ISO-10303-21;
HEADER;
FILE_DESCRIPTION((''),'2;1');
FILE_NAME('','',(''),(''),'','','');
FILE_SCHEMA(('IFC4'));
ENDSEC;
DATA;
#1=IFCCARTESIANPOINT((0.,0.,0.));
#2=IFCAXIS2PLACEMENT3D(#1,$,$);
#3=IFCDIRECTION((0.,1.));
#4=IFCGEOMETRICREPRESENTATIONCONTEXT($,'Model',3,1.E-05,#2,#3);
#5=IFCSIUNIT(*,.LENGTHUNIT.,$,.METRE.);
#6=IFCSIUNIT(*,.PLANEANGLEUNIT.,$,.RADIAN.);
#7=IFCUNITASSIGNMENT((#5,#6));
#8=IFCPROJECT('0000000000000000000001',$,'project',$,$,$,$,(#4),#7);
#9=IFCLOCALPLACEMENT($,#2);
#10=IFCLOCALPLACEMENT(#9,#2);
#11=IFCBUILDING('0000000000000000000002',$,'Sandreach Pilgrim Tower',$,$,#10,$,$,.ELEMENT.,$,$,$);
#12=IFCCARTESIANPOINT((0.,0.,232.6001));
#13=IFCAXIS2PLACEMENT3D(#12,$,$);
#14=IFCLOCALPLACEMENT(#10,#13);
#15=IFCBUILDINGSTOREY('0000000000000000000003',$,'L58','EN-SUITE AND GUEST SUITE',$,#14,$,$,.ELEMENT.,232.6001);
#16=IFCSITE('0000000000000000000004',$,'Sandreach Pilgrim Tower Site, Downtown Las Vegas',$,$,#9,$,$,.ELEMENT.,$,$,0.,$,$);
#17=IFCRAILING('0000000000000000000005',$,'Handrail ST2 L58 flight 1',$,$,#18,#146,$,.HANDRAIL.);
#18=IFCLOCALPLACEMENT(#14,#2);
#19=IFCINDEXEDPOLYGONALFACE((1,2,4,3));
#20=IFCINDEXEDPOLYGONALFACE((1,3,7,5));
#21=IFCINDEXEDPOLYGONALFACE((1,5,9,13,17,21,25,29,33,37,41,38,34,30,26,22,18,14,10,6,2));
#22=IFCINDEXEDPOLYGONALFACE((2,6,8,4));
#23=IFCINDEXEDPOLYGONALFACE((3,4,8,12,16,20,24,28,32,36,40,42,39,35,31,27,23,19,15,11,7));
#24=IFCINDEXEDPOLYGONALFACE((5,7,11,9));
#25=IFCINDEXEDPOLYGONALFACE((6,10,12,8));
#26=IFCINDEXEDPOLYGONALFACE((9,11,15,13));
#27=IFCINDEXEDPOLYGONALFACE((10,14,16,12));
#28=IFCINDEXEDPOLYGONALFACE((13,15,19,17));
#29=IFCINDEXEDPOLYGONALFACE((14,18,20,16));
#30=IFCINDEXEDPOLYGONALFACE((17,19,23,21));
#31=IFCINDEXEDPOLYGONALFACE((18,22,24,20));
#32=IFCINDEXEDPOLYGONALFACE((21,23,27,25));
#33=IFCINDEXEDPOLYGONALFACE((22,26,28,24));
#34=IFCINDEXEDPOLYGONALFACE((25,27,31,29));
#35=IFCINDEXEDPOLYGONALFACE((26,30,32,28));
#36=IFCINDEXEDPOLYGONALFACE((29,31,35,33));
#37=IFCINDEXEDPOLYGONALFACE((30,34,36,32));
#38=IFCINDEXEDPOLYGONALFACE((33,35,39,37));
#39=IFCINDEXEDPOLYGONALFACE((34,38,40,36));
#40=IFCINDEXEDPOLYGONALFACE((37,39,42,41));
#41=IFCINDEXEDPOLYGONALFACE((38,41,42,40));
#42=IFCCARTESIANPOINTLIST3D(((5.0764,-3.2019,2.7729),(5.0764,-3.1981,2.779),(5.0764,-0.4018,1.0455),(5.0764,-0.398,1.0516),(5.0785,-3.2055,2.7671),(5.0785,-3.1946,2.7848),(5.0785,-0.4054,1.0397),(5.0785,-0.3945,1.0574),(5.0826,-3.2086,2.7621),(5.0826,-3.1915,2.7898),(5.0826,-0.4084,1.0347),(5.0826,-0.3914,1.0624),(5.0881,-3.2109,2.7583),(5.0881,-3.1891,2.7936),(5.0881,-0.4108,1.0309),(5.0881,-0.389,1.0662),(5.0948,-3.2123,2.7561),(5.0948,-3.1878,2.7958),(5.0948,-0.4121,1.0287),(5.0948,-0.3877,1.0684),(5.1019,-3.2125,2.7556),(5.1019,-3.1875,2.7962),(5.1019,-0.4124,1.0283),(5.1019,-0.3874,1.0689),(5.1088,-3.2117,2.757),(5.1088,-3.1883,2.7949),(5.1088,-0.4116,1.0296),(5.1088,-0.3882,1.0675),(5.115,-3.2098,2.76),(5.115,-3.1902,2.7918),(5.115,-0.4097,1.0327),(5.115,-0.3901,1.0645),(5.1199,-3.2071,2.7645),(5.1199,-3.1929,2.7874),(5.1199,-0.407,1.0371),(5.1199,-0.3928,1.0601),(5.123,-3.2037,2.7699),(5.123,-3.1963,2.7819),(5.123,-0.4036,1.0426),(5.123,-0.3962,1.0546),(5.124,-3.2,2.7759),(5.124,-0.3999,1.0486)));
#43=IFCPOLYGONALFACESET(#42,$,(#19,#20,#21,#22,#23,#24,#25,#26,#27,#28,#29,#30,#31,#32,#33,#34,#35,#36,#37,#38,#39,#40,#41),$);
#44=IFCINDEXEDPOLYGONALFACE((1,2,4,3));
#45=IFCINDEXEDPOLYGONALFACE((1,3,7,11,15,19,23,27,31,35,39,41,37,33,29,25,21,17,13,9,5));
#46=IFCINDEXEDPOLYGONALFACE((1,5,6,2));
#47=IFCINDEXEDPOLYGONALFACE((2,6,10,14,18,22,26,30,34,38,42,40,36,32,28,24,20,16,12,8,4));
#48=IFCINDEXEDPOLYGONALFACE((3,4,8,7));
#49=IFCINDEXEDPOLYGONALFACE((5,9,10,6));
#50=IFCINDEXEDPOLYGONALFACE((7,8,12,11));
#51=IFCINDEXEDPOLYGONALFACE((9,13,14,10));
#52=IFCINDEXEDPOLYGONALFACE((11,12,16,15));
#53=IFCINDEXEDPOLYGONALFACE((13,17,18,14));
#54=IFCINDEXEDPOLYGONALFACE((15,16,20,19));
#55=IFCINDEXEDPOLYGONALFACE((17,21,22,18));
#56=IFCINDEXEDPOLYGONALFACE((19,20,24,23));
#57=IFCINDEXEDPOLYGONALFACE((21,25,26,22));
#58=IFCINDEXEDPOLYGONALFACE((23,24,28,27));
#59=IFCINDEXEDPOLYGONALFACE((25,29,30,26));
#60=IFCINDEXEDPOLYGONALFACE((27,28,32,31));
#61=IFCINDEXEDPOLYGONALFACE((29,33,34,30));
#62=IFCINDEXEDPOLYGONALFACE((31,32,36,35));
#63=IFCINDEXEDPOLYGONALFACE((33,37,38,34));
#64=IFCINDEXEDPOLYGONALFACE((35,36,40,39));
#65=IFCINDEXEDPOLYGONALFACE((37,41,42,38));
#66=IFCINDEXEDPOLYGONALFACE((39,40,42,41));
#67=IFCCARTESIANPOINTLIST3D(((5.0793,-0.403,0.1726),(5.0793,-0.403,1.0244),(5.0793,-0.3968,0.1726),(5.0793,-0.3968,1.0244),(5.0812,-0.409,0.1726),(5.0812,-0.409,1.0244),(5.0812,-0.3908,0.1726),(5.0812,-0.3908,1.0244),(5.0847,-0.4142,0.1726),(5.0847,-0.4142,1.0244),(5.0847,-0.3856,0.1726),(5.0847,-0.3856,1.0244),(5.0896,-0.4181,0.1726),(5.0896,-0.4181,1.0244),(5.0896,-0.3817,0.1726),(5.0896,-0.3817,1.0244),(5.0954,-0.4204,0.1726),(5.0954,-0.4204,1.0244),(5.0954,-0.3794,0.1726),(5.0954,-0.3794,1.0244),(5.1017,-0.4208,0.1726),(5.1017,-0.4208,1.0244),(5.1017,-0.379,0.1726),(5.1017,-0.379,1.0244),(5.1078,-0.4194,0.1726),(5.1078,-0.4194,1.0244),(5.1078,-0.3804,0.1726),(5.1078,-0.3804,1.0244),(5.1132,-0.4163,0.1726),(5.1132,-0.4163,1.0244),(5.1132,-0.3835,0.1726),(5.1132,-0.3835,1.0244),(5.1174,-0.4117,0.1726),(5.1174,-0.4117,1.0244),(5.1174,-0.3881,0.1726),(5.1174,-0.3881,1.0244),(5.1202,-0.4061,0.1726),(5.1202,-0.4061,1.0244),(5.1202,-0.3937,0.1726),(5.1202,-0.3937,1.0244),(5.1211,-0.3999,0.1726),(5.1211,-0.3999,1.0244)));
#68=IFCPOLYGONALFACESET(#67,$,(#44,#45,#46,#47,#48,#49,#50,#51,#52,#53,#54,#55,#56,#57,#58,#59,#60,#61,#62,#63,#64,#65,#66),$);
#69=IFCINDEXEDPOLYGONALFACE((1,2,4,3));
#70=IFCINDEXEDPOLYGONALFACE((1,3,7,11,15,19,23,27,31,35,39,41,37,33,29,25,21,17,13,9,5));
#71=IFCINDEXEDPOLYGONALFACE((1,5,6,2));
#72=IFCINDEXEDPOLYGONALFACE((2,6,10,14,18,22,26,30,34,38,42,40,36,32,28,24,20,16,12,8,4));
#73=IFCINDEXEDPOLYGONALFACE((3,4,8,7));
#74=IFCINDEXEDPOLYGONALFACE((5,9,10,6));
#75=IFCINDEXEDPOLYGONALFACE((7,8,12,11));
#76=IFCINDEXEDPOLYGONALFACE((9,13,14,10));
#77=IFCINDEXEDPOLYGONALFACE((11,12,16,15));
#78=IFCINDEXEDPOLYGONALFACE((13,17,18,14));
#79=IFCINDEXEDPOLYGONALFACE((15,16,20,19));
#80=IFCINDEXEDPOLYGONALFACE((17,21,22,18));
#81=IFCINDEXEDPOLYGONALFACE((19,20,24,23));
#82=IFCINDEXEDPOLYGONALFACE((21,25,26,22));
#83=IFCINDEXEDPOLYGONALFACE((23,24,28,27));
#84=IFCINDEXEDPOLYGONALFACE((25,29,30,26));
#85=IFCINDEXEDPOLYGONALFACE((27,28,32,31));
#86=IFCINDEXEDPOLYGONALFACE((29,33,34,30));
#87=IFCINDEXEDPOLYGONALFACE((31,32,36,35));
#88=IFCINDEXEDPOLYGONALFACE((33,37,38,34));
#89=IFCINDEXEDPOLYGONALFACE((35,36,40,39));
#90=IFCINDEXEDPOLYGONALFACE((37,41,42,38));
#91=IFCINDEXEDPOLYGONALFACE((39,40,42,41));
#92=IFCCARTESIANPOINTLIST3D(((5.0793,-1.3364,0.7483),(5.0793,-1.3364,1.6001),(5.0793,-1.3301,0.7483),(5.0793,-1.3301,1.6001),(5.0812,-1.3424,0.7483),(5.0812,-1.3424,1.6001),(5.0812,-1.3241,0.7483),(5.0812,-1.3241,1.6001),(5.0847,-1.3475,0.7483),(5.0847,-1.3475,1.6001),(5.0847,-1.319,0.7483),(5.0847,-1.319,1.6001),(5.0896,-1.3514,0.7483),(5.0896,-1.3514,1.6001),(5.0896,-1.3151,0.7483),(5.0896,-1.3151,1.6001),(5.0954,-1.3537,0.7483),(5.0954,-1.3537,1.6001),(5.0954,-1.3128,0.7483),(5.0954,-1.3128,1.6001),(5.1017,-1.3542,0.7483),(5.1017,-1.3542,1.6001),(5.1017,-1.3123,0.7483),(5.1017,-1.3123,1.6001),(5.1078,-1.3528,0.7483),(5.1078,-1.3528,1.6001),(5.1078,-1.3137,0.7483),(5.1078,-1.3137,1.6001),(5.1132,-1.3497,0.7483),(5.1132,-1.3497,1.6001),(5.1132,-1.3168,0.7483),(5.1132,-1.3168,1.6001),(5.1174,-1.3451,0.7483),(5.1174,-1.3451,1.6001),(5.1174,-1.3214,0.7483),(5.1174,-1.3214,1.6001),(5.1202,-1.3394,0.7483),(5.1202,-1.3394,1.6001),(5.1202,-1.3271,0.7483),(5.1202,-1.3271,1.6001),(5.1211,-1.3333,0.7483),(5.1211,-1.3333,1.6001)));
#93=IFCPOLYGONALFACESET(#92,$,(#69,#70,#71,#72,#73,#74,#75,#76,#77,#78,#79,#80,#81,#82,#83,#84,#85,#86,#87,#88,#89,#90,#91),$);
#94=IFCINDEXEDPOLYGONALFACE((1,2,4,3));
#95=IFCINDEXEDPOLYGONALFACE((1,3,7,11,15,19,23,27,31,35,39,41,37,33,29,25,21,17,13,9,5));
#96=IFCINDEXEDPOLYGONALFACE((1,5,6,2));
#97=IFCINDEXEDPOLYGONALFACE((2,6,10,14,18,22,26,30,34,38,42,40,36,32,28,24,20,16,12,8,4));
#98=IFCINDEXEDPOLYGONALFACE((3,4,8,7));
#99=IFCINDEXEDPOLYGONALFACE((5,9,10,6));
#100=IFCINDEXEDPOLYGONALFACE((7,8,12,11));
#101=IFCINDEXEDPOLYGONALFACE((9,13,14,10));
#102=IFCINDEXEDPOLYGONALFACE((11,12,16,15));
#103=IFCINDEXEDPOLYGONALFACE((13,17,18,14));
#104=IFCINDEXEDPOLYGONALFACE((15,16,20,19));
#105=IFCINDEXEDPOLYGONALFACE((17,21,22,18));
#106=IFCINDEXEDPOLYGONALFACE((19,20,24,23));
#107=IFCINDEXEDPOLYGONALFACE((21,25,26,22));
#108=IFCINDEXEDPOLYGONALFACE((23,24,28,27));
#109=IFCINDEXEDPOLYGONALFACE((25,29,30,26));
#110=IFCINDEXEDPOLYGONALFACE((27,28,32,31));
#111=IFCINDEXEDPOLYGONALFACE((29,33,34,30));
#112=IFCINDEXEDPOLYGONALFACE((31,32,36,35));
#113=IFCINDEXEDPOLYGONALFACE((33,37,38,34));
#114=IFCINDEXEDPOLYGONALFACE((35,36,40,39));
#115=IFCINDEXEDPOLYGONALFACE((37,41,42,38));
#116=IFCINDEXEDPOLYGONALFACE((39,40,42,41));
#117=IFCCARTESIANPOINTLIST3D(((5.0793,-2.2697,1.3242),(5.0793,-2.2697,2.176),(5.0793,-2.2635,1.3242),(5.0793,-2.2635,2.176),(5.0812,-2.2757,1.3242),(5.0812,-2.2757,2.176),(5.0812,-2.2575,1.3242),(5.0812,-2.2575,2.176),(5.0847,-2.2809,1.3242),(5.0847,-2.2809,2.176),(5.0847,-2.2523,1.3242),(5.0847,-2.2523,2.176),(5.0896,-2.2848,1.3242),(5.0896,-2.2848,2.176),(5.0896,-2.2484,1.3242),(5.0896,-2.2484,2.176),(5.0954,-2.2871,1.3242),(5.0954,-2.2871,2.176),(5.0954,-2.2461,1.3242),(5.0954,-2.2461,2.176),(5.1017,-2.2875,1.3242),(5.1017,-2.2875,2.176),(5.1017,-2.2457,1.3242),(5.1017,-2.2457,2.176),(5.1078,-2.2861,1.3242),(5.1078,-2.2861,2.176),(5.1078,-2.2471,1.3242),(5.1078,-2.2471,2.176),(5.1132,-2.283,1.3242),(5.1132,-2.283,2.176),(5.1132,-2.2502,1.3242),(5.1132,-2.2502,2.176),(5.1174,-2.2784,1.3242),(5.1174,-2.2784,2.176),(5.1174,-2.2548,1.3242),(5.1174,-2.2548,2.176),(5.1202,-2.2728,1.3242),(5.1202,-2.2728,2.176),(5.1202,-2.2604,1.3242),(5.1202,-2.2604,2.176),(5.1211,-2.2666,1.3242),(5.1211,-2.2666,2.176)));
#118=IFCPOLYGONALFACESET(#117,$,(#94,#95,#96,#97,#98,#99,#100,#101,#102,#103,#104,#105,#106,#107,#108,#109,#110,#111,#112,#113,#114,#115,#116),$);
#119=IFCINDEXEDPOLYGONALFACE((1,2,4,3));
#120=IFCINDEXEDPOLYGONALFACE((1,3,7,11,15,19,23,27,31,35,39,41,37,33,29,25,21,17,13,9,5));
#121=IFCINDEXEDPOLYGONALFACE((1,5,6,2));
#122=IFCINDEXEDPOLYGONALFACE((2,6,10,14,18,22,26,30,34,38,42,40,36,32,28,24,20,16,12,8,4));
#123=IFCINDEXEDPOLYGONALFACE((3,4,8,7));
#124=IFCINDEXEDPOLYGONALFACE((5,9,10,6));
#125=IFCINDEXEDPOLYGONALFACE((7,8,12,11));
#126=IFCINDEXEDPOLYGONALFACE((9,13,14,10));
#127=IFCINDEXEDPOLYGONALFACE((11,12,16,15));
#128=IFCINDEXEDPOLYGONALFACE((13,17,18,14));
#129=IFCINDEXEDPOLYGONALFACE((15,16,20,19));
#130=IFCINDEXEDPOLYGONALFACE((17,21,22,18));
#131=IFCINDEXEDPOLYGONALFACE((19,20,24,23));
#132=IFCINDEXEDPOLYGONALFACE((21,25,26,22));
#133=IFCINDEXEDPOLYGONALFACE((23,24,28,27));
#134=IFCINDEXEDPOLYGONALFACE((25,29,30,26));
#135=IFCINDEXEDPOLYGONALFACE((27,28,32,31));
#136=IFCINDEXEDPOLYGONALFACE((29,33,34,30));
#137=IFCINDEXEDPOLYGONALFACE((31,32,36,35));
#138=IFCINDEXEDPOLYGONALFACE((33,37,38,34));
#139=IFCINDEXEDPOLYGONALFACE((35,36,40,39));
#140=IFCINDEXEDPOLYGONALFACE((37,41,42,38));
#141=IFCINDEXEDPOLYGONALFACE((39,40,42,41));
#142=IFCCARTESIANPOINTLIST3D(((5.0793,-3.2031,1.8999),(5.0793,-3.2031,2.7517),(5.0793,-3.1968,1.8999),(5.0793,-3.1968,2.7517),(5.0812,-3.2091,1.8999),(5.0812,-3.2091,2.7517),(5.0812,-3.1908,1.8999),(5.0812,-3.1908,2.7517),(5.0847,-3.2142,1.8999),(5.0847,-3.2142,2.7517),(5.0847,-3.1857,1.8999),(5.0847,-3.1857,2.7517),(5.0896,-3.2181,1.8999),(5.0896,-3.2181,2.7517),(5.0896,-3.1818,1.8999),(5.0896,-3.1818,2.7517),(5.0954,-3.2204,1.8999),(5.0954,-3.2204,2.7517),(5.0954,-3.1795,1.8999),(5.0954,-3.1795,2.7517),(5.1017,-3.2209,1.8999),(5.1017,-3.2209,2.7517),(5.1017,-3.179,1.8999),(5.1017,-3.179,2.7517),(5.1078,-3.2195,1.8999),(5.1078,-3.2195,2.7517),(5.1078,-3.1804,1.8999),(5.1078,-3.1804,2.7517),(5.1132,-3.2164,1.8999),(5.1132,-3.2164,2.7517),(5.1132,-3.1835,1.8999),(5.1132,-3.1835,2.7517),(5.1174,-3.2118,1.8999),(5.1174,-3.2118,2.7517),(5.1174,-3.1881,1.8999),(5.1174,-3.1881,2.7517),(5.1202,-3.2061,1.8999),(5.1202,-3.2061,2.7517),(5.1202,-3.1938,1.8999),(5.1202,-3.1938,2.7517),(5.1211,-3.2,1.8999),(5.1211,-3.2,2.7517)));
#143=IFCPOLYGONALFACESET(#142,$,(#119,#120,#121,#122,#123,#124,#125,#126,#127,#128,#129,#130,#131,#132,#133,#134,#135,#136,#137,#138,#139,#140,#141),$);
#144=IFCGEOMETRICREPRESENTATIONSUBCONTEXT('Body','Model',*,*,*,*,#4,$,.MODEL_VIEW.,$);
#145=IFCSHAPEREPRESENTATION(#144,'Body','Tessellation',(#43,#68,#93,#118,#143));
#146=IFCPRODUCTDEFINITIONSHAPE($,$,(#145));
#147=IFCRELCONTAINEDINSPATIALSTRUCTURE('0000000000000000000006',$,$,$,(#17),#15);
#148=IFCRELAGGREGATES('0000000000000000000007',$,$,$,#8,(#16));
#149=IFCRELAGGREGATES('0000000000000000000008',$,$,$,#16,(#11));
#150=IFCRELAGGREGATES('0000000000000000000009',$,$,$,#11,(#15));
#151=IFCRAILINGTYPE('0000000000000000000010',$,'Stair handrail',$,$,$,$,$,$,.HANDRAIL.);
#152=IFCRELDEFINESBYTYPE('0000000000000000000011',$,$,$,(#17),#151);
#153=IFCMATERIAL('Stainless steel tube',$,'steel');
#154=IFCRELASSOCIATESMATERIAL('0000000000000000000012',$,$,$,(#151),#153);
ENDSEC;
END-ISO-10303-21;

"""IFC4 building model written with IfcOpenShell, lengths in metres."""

from ifc_helpers import new_model, si_unit, direction, frame, origin, origin_2d, place, context, subcontext, project, spatial, circle, extrude, material, type_object, element, save


model = new_model("IFC4")

# Units and contexts
model_context = context("Model", 3, precision=1e-05, world=origin(), true_north=direction((0.0, 1.0)))
body_context = subcontext(model_context, "Body", "Model", "MODEL_VIEW")
ifc_project = project(units=[si_unit("LENGTHUNIT", "METRE"), si_unit("PLANEANGLEUNIT", "RADIAN")], contexts=[model_context])

# Site, building, storey
site_placement = place(None, origin())
site = spatial("IfcSite", under=ifc_project, at=site_placement, Name="Sandreach Pilgrim Tower Site, Downtown Las Vegas", CompositionType="ELEMENT", RefElevation=0.0)
building_placement = place(site_placement, origin())
building = spatial("IfcBuilding", under=site, at=building_placement, Name="Sandreach Pilgrim Tower", CompositionType="ELEMENT")
storey_placement = place(building_placement, frame((0.0, 0.0, 232.6001)))
storey = spatial("IfcBuildingStorey", under=building, at=storey_placement, Name="L58", Description="EN-SUITE AND GUEST SUITE", CompositionType="ELEMENT", Elevation=232.6001)

# Railing
ifc_material_1 = material(Name="Stainless steel tube", Category="steel")
railing_type = type_object("IfcRailingType", Name="Stair handrail", PredefinedType="HANDRAIL", material=ifc_material_1)
for number, where, name in (
    (1, (5.1001, -0.3999, 0.1726), "Handrail ST2 L58 flight 1"),
):
    element("IfcRailing", number, at=place(storey_placement, frame(where)), inside=storey, type_object=railing_type, Name=name, PredefinedType="HANDRAIL", context=body_context, shape_type="SweptSolid", body=[
        extrude(circle(Radius=0.0239, at=origin_2d()), frame((0.0, 0.0, 0.876), z_axis=(0.0, -0.85109, 0.52502), x_axis=(1.0, 0.0, 0.0)), (0.0, 0.0, 1.0), 3.29),
        extrude(circle(Radius=0.021, at=origin_2d()), origin(), (0.0, 0.0, 1.0), 0.8518),
        extrude(circle(Radius=0.021, at=origin_2d()), frame((0.0, -0.9333, 0.5757)), (0.0, 0.0, 1.0), 0.8518),
        extrude(circle(Radius=0.021, at=origin_2d()), frame((0.0, -1.8667, 1.1516)), (0.0, 0.0, 1.0), 0.8518),
        extrude(circle(Radius=0.021, at=origin_2d()), frame((0.0, -2.8, 1.7273)), (0.0, 0.0, 1.0), 0.8518),
    ])

save(model, "model.ifc")
